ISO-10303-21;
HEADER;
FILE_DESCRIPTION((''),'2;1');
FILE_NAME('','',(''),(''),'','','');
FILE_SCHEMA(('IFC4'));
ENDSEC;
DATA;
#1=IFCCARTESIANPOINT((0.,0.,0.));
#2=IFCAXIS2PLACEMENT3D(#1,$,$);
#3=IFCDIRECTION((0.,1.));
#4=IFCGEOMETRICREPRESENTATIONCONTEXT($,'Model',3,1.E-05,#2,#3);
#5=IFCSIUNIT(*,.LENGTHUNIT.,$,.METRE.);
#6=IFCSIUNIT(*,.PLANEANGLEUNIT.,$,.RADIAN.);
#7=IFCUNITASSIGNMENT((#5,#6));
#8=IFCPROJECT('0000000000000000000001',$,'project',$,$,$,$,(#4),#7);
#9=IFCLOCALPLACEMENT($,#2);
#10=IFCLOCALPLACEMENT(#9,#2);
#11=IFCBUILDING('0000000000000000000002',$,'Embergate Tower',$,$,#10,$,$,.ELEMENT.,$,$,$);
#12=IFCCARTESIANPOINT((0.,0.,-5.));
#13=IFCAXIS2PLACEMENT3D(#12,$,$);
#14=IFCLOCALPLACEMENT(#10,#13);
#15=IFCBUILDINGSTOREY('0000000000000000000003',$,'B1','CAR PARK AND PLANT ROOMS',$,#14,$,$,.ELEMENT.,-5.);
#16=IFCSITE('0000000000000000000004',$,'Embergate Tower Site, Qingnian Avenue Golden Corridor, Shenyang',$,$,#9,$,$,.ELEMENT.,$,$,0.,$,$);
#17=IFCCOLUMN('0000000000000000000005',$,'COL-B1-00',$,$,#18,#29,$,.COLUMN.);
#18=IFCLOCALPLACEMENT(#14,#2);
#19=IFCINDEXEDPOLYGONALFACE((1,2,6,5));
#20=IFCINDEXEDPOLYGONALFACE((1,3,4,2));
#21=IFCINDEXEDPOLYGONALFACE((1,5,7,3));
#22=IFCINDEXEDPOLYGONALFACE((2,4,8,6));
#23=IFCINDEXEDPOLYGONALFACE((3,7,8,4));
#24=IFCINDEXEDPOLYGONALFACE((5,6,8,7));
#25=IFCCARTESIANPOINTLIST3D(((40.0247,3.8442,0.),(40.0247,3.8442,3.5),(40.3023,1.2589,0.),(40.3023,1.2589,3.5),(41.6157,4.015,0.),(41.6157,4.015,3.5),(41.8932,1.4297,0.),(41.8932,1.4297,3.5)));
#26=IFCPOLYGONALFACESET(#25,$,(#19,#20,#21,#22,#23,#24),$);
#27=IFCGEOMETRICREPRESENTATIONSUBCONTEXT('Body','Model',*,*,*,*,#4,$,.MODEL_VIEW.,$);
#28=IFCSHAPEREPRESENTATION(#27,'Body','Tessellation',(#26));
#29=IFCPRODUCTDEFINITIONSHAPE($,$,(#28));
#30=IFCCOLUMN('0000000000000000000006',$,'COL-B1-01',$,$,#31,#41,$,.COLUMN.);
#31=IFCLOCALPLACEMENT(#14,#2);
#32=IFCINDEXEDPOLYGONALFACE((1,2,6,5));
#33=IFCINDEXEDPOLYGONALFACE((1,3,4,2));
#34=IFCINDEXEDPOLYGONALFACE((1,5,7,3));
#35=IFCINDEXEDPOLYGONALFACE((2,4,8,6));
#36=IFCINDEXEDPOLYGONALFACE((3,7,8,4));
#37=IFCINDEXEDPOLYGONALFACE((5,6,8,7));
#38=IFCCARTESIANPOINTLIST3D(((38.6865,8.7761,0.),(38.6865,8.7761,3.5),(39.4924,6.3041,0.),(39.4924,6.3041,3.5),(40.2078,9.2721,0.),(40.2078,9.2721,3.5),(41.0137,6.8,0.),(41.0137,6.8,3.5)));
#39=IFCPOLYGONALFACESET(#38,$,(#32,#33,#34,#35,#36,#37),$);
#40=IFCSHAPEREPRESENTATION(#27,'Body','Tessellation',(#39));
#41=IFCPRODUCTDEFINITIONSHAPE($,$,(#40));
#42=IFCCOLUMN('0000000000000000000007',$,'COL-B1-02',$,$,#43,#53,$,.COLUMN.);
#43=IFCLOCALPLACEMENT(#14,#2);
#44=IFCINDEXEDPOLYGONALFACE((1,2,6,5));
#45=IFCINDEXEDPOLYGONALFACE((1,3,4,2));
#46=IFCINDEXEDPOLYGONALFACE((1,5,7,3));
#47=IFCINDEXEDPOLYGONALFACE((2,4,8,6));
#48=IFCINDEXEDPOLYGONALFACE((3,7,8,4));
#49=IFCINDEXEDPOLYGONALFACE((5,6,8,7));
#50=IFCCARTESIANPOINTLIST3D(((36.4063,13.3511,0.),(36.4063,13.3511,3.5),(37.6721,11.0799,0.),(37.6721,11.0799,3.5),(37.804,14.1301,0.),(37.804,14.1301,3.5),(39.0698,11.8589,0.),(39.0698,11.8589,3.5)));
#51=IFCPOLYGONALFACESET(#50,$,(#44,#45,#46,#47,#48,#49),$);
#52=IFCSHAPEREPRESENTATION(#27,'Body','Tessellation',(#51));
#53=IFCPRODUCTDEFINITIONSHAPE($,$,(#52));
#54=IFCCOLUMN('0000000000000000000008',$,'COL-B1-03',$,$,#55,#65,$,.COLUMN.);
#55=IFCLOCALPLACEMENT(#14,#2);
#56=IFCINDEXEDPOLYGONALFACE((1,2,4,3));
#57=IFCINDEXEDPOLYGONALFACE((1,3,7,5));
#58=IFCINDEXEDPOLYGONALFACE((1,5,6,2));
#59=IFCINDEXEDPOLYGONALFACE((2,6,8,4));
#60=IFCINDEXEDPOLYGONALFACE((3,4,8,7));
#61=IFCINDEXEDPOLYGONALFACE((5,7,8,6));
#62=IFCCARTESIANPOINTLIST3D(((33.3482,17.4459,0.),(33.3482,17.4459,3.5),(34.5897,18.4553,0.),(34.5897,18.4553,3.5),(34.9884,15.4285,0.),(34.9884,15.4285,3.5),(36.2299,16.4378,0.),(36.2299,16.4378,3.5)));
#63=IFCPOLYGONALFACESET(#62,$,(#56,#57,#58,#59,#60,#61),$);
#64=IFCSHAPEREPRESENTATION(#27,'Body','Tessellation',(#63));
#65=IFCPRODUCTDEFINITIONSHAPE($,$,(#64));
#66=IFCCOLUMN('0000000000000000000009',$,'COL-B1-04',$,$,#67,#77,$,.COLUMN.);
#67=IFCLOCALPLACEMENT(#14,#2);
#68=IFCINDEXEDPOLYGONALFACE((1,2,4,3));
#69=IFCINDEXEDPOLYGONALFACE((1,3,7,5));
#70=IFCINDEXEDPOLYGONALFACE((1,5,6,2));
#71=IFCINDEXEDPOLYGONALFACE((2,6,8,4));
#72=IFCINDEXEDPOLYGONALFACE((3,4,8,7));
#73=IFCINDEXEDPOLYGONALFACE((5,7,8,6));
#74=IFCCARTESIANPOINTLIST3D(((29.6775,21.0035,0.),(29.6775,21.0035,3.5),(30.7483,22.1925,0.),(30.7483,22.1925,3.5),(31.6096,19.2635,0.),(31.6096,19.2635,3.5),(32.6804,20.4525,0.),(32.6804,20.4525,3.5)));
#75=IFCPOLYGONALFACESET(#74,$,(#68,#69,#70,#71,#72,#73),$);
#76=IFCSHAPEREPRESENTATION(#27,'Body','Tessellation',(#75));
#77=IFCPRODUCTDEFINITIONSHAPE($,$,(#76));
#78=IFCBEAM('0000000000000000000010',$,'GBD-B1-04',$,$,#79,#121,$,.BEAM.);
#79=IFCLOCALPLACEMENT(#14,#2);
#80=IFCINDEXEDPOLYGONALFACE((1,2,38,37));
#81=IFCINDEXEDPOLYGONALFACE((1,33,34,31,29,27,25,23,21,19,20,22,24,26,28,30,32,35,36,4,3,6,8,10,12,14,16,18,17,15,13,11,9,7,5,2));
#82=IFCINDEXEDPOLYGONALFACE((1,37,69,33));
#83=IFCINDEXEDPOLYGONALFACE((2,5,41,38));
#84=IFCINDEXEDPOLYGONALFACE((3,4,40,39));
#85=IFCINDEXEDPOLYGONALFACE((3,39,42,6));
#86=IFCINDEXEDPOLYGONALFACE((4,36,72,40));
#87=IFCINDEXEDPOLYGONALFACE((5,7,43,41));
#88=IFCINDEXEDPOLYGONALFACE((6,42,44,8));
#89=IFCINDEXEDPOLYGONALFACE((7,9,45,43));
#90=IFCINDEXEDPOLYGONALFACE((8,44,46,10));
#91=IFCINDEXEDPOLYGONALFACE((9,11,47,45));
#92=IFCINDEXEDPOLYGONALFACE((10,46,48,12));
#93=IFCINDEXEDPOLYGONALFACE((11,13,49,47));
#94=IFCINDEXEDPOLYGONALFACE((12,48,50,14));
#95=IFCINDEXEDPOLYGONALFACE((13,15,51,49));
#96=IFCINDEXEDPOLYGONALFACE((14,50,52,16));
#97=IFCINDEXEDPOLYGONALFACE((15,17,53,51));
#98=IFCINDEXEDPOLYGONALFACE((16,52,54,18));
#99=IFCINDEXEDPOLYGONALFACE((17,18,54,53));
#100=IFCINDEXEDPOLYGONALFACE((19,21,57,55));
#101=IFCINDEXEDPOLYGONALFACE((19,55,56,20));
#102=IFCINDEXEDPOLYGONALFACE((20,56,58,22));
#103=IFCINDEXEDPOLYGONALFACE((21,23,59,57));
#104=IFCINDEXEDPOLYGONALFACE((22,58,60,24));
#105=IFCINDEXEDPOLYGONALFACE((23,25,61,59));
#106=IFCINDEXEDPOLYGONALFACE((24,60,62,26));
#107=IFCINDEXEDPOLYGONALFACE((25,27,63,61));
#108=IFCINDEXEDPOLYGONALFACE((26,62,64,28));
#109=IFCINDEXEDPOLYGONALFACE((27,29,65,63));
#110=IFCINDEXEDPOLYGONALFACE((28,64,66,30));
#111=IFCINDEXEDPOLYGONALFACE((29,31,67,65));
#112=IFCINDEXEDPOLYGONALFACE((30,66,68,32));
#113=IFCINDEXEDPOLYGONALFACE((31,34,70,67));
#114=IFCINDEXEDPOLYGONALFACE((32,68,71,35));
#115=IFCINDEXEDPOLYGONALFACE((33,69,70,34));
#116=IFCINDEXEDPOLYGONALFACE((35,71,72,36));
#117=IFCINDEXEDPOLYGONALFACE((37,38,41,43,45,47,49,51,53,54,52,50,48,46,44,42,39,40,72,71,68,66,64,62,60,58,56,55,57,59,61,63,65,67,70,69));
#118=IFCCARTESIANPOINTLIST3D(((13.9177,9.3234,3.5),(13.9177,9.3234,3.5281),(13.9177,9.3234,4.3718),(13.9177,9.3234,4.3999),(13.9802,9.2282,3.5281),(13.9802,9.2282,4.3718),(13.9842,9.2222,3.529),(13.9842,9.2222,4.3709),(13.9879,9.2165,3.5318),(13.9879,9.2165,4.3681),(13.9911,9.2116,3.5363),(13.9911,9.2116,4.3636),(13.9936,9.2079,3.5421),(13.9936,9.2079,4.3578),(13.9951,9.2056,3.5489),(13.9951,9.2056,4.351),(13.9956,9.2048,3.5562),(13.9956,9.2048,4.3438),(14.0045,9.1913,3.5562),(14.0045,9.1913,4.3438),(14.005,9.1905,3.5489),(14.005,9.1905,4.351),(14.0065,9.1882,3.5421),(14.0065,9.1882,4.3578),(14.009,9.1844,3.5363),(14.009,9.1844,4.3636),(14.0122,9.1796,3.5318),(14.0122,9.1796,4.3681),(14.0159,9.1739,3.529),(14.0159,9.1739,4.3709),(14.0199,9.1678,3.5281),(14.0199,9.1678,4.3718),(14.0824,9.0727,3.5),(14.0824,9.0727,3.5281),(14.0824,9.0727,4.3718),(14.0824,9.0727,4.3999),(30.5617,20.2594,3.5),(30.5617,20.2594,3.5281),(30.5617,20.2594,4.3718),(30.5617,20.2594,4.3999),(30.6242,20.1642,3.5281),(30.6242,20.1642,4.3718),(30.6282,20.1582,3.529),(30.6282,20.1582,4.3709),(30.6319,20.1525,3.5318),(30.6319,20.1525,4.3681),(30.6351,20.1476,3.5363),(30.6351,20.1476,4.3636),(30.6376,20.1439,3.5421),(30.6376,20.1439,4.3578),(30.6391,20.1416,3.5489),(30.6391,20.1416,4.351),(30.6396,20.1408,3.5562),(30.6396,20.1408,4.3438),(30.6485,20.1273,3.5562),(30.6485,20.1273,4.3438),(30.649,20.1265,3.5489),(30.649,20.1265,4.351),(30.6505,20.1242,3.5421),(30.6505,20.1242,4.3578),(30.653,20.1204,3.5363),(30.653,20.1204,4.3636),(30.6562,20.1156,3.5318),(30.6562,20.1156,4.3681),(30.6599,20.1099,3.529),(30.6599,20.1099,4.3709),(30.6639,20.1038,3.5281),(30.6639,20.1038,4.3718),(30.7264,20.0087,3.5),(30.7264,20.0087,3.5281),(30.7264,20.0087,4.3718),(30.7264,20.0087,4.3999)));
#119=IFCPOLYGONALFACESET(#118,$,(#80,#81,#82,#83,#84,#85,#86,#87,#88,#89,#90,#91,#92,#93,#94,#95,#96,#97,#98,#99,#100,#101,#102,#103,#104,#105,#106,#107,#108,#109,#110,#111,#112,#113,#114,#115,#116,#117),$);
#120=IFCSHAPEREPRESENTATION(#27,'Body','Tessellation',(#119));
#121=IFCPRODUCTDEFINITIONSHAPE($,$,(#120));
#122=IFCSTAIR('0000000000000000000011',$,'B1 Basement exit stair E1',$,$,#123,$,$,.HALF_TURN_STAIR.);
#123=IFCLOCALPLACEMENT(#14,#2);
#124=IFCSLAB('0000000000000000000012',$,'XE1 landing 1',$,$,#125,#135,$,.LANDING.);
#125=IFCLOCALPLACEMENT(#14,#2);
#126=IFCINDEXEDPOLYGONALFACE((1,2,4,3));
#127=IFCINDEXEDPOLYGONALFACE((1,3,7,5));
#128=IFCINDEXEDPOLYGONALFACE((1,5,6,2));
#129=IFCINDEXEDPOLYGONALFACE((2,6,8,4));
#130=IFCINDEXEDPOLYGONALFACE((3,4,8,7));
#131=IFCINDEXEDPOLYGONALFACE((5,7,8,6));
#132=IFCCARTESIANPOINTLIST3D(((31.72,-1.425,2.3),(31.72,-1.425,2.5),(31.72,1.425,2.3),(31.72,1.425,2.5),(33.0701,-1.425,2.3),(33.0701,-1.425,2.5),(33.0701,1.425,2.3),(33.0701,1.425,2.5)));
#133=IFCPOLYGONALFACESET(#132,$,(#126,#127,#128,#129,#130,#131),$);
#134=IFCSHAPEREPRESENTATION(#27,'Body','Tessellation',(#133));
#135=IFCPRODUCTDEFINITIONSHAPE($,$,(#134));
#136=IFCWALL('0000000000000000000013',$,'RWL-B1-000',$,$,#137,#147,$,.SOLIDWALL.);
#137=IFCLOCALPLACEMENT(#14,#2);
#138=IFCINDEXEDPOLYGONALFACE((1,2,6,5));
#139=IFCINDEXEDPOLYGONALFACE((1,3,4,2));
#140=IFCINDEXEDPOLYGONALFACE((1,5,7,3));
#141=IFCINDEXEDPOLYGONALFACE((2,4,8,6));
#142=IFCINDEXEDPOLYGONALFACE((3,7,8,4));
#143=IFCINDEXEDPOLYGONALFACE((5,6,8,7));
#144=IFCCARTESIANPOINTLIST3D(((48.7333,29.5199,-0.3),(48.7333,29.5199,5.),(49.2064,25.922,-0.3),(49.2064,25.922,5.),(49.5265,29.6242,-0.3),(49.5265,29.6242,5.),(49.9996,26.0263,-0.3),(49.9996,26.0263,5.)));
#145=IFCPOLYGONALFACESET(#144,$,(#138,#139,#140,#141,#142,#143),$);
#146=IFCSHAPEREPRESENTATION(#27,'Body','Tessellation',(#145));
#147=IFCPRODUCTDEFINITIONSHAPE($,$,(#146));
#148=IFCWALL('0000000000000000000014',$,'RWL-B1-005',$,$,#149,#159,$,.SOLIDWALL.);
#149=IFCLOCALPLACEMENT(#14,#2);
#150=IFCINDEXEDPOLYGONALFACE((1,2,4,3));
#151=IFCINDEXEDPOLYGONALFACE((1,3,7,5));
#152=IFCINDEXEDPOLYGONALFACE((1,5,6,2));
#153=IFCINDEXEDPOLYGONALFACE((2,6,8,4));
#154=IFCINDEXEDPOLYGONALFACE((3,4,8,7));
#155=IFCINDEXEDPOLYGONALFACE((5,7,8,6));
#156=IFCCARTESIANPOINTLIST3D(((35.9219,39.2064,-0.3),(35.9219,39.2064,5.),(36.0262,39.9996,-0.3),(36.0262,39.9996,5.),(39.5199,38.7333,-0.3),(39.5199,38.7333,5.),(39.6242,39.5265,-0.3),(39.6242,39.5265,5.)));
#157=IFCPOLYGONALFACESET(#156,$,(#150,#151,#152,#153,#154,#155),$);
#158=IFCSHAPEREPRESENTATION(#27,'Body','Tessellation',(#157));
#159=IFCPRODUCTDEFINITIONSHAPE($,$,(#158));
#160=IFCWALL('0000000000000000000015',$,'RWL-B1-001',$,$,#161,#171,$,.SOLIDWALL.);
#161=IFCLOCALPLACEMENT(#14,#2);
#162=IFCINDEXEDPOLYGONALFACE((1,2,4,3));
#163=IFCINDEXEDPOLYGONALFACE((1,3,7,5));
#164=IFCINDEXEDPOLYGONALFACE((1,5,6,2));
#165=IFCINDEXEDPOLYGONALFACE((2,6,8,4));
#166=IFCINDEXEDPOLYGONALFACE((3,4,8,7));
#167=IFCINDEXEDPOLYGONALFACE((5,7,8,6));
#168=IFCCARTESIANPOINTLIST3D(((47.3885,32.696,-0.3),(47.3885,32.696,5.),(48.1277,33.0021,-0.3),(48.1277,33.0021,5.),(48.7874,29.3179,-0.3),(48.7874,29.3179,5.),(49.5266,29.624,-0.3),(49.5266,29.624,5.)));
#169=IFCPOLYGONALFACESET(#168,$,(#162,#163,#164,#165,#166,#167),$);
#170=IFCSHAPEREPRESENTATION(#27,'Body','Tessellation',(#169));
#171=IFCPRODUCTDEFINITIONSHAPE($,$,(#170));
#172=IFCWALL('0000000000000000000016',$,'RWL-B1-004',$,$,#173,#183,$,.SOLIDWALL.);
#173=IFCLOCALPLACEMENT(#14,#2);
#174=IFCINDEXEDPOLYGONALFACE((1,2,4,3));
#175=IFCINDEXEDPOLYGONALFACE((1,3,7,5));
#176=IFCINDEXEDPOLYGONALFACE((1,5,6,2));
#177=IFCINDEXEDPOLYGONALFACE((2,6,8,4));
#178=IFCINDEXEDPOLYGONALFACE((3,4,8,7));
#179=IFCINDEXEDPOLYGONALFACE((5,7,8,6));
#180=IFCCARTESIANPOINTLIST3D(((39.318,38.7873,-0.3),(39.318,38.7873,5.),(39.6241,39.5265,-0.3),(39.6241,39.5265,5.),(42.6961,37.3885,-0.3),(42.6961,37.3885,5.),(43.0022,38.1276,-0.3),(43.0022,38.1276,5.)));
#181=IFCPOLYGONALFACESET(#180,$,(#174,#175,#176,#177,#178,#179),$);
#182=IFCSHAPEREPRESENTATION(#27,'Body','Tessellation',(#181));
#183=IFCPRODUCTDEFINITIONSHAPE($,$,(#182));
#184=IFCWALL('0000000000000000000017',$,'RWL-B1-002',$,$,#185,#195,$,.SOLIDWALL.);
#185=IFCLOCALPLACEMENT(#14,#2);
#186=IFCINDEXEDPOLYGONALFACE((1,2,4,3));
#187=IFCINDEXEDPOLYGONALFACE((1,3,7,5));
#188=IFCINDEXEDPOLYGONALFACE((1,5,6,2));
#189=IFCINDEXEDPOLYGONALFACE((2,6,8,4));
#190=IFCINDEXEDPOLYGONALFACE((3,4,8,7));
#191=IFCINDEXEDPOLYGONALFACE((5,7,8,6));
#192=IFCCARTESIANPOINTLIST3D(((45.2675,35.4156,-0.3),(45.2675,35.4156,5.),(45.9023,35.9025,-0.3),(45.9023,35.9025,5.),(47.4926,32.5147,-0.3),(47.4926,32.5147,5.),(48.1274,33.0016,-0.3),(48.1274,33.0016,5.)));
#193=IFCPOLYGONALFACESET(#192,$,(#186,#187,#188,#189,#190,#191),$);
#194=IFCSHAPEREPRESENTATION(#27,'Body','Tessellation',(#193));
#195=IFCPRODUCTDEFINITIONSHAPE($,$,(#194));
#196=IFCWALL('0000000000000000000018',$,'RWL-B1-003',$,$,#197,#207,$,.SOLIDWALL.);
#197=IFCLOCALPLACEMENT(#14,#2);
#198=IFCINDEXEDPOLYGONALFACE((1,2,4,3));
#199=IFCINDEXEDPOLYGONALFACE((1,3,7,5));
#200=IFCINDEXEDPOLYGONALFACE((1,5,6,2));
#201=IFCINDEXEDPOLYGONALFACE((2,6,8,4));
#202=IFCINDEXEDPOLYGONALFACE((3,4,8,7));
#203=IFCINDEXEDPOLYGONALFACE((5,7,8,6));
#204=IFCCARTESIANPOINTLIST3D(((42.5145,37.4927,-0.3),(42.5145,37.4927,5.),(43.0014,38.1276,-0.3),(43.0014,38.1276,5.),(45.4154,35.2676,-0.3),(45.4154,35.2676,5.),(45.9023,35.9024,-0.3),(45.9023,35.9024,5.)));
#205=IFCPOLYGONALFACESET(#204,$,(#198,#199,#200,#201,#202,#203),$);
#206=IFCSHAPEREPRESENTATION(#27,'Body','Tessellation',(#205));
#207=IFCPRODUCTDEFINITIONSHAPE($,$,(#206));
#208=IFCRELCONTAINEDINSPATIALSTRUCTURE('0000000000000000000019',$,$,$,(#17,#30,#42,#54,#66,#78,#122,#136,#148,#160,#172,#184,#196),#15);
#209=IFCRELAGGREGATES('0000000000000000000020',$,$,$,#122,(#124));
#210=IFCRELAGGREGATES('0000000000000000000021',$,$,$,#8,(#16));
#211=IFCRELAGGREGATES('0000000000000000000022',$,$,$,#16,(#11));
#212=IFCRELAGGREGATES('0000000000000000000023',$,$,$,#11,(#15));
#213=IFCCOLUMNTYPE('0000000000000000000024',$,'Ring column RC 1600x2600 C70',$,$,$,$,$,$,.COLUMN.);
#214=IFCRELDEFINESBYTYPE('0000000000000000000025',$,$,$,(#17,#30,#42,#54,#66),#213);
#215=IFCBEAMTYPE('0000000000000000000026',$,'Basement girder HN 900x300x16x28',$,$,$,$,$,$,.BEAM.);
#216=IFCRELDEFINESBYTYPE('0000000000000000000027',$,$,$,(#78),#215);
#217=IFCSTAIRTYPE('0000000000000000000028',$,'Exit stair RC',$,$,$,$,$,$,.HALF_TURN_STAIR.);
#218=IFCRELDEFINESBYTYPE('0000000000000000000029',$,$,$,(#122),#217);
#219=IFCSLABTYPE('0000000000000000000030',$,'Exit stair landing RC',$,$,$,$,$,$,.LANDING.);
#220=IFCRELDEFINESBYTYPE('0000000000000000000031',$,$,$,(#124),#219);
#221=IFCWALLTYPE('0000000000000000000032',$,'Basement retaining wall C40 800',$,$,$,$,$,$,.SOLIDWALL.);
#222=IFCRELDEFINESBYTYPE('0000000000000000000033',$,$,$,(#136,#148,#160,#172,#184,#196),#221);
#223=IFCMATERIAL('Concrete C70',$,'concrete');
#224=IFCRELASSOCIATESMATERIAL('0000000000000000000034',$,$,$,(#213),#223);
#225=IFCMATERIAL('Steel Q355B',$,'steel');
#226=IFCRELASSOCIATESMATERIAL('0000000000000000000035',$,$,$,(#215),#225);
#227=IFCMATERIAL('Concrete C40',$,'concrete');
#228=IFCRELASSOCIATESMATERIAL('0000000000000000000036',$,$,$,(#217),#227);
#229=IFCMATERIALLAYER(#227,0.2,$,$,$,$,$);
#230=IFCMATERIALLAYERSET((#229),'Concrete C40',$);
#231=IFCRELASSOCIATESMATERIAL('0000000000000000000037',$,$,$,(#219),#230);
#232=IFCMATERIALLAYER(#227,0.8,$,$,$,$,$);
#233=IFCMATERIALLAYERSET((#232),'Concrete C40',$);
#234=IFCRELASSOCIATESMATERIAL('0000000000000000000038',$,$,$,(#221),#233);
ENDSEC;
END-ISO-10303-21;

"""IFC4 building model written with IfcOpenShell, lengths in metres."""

from ifc_helpers import new_model, si_unit, direction, frame, frame_2d, origin, origin_2d, place, context, subcontext, project, spatial, polyline, rectangle, i_section, outline, extrude, source, transform, mapped, material, layer, layer_set, material_profile, profile_set, type_object, element, aggregate, save


model = new_model("IFC4")

# Units and contexts
model_context = context("Model", 3, precision=1e-05, world=origin(), true_north=direction((0.0, 1.0)))
body_context = subcontext(model_context, "Body", "Model", "MODEL_VIEW")
ifc_project = project(units=[si_unit("LENGTHUNIT", "METRE"), si_unit("PLANEANGLEUNIT", "RADIAN")], contexts=[model_context])

# Site, building, storey
site_placement = place(None, origin())
site = spatial("IfcSite", under=ifc_project, at=site_placement, Name="Embergate Tower Site, Qingnian Avenue Golden Corridor, Shenyang", CompositionType="ELEMENT", RefElevation=0.0)
building_placement = place(site_placement, origin())
building = spatial("IfcBuilding", under=site, at=building_placement, Name="Embergate Tower", CompositionType="ELEMENT")
storey_placement = place(building_placement, frame((0.0, 0.0, -5.0)))
storey = spatial("IfcBuildingStorey", under=building, at=storey_placement, Name="B1", Description="CAR PARK AND PLANT ROOMS", CompositionType="ELEMENT", Elevation=-5.0)

# Columns
ifc_material_1 = material(Name="Concrete C70", Category="concrete")
ifc_material_profile_1 = material_profile(ifc_material_1, rectangle(XDim=1.6001, YDim=2.6001, at=origin_2d()), Name="RC 1600x2600")
ifc_profile_set_1 = profile_set([ifc_material_profile_1], Name="Concrete C70")
column_type = type_object("IfcColumnType", Name="Ring column RC 1600x2600 C70", PredefinedType="COLUMN", material=ifc_profile_set_1)
shared_shape_1 = source(origin(), body_context, "Body", "SweptSolid", [
    extrude(rectangle(XDim=1.6001, YDim=2.6001, at=origin_2d()), origin(), (0.0, 0.0, 1.0), 3.5),
])
for number, where, z_axis, x_axis, name in (
    (1, (40.959, 2.637, 0.0), (0.0, 0.0, 1.0), (0.994286, 0.10675, 0.0), "COL-B1-00"),
    (2, (39.8501, 7.7881, 0.0), (0.0, 0.0, 1.0), (0.950754, 0.309946, 0.0), "COL-B1-01"),
    (3, (37.738, 12.605, 0.0), (0.0, 0.0, 1.0), (0.873492, 0.486839, 0.0), "COL-B1-02"),
    (4, (34.7891, 16.9419, 0.0), (0.0, 0.0, 1.0), (0.775925, 0.630825, 0.0), "COL-B1-03"),
    (5, (31.179, 20.728, 0.0), (0.0, 0.0, 1.0), (0.669208, 0.743075, 0.0), "COL-B1-04"),
):
    element("IfcColumn", number, at=place(storey_placement, frame(where, z_axis=z_axis, x_axis=x_axis)), inside=storey, type_object=column_type, Name=name, PredefinedType="COLUMN", context=body_context, shape_type="MappedRepresentation", body=[
        mapped(shared_shape_1, transform((0.0, 0.0, 0.0))),
    ])

# Beam
ifc_material_2 = material(Name="Steel Q355B", Category="steel")
ifc_material_profile_2 = material_profile(ifc_material_2, i_section(OverallWidth=0.3, OverallDepth=0.8999, WebThickness=0.0161, FlangeThickness=0.0281, FilletRadius=0.0281, at=origin_2d()), Name="HN 900x300x16x28")
ifc_profile_set_2 = profile_set([ifc_material_profile_2], Name="Steel Q355 grade B")
beam_type = type_object("IfcBeamType", Name="Basement girder HN 900x300x16x28", PredefinedType="BEAM", material=ifc_profile_set_2)
shared_shape_2 = source(origin(), body_context, "Body", "SweptSolid", [
    extrude(i_section(OverallWidth=0.3, OverallDepth=0.8999, WebThickness=0.0161, FlangeThickness=0.0281, FilletRadius=0.0281, at=origin_2d()), origin(), (0.0, 0.0, 1.0), 19.9153),
])
beam_placement = place(storey_placement, frame((30.644, 20.134, 3.95), z_axis=(-0.83574, -0.549126, 0.0), x_axis=(0.549126, -0.83574, 0.0)))
element("IfcBeam", 6, at=beam_placement, inside=storey, type_object=beam_type, Name="GBD-B1-04", PredefinedType="BEAM", context=body_context, shape_type="MappedRepresentation", body=[
    mapped(shared_shape_2, transform((0.0, 0.0, 0.0))),
])

# Stair, slab
ifc_material_3 = material(Name="Concrete C40", Category="concrete")
stair_type = type_object("IfcStairType", Name="Exit stair RC", PredefinedType="HALF_TURN_STAIR", material=ifc_material_3)
stair_placement = place(storey_placement, origin())
stair = element("IfcStair", 7, at=stair_placement, inside=storey, type_object=stair_type, Name="B1 Basement exit stair E1", PredefinedType="HALF_TURN_STAIR")
ifc_layer_1 = layer(ifc_material_3, 0.2)
ifc_layer_set_1 = layer_set([ifc_layer_1], Name="Concrete C40")
slab_type = type_object("IfcSlabType", Name="Exit stair landing RC", PredefinedType="LANDING", material=ifc_layer_set_1)
shared_shape_3 = source(origin(), body_context, "Body", "SweptSolid", [
    extrude(outline(polyline([(0.0, 0.0), (1.3501, 0.0), (1.3501, 2.8501), (0.0, 2.8501), (0.0, 0.0)])), origin(), (0.0, 0.0, 1.0), 0.2),
])
slab_placement = place(storey_placement, frame((31.72, -1.425, 2.3)))
slab = element("IfcSlab", 8, at=slab_placement, type_object=slab_type, Name="XE1 landing 1", PredefinedType="LANDING", context=body_context, shape_type="MappedRepresentation", body=[
    mapped(shared_shape_3, transform((0.0, 0.0, 0.0))),
])

# Walls
ifc_layer_2 = layer(ifc_material_3, 0.8)
ifc_layer_set_2 = layer_set([ifc_layer_2], Name="Concrete C40")
wall_type_1 = type_object("IfcWallType", Name="Basement retaining wall C40 800", PredefinedType="SOLIDWALL", material=ifc_layer_set_2)
shared_shape_4 = source(origin(), body_context, "Body", "SweptSolid", [
    extrude(rectangle(XDim=3.6289, YDim=0.8, at=frame_2d((1.8145, 0.0))), origin(), (0.0, 0.0, 1.0), 5.3),
])
for number, where, z_axis, x_axis, name in (
    (9, (49.603, 25.9741, -0.3), (0.0, 0.0, 1.0), (-0.130383, 0.991464, 0.0), "RWL-B1-000"),
    (10, (39.572, 39.1299, -0.3), (0.0, 0.0, 1.0), (-0.991464, 0.130383, 0.0), "RWL-B1-005"),
):
    element("IfcWall", number, at=place(storey_placement, frame(where, z_axis=z_axis, x_axis=x_axis)), inside=storey, type_object=wall_type_1, Name=name, PredefinedType="SOLIDWALL", context=body_context, shape_type="MappedRepresentation", body=[
        mapped(shared_shape_4, transform((0.0, 0.0, 0.0))),
    ])
shared_shape_5 = source(origin(), body_context, "Body", "SweptSolid", [
    extrude(rectangle(XDim=3.6562, YDim=0.8, at=frame_2d((1.8281, 0.0))), origin(), (0.0, 0.0, 1.0), 5.3),
])
for number, where, z_axis, x_axis, name in (
    (11, (49.157, 29.4709, -0.3), (0.0, 0.0, 1.0), (-0.382599, 0.923914, 0.0), "RWL-B1-001"),
    (12, (42.8491, 37.7581, -0.3), (0.0, 0.0, 1.0), (-0.923914, 0.382599, 0.0), "RWL-B1-004"),
):
    element("IfcWall", number, at=place(storey_placement, frame(where, z_axis=z_axis, x_axis=x_axis)), inside=storey, type_object=wall_type_1, Name=name, PredefinedType="SOLIDWALL", context=body_context, shape_type="MappedRepresentation", body=[
        mapped(shared_shape_5, transform((0.0, 0.0, 0.0))),
    ])
shared_shape_6 = source(origin(), body_context, "Body", "SweptSolid", [
    extrude(rectangle(XDim=3.656, YDim=0.8, at=frame_2d((1.8281, 0.0))), origin(), (0.0, 0.0, 1.0), 5.3),
])
for number, where, z_axis, x_axis, name in (
    (13, (47.8101, 32.7581, -0.3), (0.0, 0.0, 1.0), (-0.608619, 0.793462, 0.0), "RWL-B1-002"),
    (14, (45.6589, 35.585, -0.3), (0.0, 0.0, 1.0), (-0.793462, 0.608619, 0.0), "RWL-B1-003"),
):
    element("IfcWall", number, at=place(storey_placement, frame(where, z_axis=z_axis, x_axis=x_axis)), inside=storey, type_object=wall_type_1, Name=name, PredefinedType="SOLIDWALL", context=body_context, shape_type="MappedRepresentation", body=[
        mapped(shared_shape_6, transform((0.0, 0.0, 0.0))),
    ])

aggregate(stair, [slab])

save(model, "model.ifc")
